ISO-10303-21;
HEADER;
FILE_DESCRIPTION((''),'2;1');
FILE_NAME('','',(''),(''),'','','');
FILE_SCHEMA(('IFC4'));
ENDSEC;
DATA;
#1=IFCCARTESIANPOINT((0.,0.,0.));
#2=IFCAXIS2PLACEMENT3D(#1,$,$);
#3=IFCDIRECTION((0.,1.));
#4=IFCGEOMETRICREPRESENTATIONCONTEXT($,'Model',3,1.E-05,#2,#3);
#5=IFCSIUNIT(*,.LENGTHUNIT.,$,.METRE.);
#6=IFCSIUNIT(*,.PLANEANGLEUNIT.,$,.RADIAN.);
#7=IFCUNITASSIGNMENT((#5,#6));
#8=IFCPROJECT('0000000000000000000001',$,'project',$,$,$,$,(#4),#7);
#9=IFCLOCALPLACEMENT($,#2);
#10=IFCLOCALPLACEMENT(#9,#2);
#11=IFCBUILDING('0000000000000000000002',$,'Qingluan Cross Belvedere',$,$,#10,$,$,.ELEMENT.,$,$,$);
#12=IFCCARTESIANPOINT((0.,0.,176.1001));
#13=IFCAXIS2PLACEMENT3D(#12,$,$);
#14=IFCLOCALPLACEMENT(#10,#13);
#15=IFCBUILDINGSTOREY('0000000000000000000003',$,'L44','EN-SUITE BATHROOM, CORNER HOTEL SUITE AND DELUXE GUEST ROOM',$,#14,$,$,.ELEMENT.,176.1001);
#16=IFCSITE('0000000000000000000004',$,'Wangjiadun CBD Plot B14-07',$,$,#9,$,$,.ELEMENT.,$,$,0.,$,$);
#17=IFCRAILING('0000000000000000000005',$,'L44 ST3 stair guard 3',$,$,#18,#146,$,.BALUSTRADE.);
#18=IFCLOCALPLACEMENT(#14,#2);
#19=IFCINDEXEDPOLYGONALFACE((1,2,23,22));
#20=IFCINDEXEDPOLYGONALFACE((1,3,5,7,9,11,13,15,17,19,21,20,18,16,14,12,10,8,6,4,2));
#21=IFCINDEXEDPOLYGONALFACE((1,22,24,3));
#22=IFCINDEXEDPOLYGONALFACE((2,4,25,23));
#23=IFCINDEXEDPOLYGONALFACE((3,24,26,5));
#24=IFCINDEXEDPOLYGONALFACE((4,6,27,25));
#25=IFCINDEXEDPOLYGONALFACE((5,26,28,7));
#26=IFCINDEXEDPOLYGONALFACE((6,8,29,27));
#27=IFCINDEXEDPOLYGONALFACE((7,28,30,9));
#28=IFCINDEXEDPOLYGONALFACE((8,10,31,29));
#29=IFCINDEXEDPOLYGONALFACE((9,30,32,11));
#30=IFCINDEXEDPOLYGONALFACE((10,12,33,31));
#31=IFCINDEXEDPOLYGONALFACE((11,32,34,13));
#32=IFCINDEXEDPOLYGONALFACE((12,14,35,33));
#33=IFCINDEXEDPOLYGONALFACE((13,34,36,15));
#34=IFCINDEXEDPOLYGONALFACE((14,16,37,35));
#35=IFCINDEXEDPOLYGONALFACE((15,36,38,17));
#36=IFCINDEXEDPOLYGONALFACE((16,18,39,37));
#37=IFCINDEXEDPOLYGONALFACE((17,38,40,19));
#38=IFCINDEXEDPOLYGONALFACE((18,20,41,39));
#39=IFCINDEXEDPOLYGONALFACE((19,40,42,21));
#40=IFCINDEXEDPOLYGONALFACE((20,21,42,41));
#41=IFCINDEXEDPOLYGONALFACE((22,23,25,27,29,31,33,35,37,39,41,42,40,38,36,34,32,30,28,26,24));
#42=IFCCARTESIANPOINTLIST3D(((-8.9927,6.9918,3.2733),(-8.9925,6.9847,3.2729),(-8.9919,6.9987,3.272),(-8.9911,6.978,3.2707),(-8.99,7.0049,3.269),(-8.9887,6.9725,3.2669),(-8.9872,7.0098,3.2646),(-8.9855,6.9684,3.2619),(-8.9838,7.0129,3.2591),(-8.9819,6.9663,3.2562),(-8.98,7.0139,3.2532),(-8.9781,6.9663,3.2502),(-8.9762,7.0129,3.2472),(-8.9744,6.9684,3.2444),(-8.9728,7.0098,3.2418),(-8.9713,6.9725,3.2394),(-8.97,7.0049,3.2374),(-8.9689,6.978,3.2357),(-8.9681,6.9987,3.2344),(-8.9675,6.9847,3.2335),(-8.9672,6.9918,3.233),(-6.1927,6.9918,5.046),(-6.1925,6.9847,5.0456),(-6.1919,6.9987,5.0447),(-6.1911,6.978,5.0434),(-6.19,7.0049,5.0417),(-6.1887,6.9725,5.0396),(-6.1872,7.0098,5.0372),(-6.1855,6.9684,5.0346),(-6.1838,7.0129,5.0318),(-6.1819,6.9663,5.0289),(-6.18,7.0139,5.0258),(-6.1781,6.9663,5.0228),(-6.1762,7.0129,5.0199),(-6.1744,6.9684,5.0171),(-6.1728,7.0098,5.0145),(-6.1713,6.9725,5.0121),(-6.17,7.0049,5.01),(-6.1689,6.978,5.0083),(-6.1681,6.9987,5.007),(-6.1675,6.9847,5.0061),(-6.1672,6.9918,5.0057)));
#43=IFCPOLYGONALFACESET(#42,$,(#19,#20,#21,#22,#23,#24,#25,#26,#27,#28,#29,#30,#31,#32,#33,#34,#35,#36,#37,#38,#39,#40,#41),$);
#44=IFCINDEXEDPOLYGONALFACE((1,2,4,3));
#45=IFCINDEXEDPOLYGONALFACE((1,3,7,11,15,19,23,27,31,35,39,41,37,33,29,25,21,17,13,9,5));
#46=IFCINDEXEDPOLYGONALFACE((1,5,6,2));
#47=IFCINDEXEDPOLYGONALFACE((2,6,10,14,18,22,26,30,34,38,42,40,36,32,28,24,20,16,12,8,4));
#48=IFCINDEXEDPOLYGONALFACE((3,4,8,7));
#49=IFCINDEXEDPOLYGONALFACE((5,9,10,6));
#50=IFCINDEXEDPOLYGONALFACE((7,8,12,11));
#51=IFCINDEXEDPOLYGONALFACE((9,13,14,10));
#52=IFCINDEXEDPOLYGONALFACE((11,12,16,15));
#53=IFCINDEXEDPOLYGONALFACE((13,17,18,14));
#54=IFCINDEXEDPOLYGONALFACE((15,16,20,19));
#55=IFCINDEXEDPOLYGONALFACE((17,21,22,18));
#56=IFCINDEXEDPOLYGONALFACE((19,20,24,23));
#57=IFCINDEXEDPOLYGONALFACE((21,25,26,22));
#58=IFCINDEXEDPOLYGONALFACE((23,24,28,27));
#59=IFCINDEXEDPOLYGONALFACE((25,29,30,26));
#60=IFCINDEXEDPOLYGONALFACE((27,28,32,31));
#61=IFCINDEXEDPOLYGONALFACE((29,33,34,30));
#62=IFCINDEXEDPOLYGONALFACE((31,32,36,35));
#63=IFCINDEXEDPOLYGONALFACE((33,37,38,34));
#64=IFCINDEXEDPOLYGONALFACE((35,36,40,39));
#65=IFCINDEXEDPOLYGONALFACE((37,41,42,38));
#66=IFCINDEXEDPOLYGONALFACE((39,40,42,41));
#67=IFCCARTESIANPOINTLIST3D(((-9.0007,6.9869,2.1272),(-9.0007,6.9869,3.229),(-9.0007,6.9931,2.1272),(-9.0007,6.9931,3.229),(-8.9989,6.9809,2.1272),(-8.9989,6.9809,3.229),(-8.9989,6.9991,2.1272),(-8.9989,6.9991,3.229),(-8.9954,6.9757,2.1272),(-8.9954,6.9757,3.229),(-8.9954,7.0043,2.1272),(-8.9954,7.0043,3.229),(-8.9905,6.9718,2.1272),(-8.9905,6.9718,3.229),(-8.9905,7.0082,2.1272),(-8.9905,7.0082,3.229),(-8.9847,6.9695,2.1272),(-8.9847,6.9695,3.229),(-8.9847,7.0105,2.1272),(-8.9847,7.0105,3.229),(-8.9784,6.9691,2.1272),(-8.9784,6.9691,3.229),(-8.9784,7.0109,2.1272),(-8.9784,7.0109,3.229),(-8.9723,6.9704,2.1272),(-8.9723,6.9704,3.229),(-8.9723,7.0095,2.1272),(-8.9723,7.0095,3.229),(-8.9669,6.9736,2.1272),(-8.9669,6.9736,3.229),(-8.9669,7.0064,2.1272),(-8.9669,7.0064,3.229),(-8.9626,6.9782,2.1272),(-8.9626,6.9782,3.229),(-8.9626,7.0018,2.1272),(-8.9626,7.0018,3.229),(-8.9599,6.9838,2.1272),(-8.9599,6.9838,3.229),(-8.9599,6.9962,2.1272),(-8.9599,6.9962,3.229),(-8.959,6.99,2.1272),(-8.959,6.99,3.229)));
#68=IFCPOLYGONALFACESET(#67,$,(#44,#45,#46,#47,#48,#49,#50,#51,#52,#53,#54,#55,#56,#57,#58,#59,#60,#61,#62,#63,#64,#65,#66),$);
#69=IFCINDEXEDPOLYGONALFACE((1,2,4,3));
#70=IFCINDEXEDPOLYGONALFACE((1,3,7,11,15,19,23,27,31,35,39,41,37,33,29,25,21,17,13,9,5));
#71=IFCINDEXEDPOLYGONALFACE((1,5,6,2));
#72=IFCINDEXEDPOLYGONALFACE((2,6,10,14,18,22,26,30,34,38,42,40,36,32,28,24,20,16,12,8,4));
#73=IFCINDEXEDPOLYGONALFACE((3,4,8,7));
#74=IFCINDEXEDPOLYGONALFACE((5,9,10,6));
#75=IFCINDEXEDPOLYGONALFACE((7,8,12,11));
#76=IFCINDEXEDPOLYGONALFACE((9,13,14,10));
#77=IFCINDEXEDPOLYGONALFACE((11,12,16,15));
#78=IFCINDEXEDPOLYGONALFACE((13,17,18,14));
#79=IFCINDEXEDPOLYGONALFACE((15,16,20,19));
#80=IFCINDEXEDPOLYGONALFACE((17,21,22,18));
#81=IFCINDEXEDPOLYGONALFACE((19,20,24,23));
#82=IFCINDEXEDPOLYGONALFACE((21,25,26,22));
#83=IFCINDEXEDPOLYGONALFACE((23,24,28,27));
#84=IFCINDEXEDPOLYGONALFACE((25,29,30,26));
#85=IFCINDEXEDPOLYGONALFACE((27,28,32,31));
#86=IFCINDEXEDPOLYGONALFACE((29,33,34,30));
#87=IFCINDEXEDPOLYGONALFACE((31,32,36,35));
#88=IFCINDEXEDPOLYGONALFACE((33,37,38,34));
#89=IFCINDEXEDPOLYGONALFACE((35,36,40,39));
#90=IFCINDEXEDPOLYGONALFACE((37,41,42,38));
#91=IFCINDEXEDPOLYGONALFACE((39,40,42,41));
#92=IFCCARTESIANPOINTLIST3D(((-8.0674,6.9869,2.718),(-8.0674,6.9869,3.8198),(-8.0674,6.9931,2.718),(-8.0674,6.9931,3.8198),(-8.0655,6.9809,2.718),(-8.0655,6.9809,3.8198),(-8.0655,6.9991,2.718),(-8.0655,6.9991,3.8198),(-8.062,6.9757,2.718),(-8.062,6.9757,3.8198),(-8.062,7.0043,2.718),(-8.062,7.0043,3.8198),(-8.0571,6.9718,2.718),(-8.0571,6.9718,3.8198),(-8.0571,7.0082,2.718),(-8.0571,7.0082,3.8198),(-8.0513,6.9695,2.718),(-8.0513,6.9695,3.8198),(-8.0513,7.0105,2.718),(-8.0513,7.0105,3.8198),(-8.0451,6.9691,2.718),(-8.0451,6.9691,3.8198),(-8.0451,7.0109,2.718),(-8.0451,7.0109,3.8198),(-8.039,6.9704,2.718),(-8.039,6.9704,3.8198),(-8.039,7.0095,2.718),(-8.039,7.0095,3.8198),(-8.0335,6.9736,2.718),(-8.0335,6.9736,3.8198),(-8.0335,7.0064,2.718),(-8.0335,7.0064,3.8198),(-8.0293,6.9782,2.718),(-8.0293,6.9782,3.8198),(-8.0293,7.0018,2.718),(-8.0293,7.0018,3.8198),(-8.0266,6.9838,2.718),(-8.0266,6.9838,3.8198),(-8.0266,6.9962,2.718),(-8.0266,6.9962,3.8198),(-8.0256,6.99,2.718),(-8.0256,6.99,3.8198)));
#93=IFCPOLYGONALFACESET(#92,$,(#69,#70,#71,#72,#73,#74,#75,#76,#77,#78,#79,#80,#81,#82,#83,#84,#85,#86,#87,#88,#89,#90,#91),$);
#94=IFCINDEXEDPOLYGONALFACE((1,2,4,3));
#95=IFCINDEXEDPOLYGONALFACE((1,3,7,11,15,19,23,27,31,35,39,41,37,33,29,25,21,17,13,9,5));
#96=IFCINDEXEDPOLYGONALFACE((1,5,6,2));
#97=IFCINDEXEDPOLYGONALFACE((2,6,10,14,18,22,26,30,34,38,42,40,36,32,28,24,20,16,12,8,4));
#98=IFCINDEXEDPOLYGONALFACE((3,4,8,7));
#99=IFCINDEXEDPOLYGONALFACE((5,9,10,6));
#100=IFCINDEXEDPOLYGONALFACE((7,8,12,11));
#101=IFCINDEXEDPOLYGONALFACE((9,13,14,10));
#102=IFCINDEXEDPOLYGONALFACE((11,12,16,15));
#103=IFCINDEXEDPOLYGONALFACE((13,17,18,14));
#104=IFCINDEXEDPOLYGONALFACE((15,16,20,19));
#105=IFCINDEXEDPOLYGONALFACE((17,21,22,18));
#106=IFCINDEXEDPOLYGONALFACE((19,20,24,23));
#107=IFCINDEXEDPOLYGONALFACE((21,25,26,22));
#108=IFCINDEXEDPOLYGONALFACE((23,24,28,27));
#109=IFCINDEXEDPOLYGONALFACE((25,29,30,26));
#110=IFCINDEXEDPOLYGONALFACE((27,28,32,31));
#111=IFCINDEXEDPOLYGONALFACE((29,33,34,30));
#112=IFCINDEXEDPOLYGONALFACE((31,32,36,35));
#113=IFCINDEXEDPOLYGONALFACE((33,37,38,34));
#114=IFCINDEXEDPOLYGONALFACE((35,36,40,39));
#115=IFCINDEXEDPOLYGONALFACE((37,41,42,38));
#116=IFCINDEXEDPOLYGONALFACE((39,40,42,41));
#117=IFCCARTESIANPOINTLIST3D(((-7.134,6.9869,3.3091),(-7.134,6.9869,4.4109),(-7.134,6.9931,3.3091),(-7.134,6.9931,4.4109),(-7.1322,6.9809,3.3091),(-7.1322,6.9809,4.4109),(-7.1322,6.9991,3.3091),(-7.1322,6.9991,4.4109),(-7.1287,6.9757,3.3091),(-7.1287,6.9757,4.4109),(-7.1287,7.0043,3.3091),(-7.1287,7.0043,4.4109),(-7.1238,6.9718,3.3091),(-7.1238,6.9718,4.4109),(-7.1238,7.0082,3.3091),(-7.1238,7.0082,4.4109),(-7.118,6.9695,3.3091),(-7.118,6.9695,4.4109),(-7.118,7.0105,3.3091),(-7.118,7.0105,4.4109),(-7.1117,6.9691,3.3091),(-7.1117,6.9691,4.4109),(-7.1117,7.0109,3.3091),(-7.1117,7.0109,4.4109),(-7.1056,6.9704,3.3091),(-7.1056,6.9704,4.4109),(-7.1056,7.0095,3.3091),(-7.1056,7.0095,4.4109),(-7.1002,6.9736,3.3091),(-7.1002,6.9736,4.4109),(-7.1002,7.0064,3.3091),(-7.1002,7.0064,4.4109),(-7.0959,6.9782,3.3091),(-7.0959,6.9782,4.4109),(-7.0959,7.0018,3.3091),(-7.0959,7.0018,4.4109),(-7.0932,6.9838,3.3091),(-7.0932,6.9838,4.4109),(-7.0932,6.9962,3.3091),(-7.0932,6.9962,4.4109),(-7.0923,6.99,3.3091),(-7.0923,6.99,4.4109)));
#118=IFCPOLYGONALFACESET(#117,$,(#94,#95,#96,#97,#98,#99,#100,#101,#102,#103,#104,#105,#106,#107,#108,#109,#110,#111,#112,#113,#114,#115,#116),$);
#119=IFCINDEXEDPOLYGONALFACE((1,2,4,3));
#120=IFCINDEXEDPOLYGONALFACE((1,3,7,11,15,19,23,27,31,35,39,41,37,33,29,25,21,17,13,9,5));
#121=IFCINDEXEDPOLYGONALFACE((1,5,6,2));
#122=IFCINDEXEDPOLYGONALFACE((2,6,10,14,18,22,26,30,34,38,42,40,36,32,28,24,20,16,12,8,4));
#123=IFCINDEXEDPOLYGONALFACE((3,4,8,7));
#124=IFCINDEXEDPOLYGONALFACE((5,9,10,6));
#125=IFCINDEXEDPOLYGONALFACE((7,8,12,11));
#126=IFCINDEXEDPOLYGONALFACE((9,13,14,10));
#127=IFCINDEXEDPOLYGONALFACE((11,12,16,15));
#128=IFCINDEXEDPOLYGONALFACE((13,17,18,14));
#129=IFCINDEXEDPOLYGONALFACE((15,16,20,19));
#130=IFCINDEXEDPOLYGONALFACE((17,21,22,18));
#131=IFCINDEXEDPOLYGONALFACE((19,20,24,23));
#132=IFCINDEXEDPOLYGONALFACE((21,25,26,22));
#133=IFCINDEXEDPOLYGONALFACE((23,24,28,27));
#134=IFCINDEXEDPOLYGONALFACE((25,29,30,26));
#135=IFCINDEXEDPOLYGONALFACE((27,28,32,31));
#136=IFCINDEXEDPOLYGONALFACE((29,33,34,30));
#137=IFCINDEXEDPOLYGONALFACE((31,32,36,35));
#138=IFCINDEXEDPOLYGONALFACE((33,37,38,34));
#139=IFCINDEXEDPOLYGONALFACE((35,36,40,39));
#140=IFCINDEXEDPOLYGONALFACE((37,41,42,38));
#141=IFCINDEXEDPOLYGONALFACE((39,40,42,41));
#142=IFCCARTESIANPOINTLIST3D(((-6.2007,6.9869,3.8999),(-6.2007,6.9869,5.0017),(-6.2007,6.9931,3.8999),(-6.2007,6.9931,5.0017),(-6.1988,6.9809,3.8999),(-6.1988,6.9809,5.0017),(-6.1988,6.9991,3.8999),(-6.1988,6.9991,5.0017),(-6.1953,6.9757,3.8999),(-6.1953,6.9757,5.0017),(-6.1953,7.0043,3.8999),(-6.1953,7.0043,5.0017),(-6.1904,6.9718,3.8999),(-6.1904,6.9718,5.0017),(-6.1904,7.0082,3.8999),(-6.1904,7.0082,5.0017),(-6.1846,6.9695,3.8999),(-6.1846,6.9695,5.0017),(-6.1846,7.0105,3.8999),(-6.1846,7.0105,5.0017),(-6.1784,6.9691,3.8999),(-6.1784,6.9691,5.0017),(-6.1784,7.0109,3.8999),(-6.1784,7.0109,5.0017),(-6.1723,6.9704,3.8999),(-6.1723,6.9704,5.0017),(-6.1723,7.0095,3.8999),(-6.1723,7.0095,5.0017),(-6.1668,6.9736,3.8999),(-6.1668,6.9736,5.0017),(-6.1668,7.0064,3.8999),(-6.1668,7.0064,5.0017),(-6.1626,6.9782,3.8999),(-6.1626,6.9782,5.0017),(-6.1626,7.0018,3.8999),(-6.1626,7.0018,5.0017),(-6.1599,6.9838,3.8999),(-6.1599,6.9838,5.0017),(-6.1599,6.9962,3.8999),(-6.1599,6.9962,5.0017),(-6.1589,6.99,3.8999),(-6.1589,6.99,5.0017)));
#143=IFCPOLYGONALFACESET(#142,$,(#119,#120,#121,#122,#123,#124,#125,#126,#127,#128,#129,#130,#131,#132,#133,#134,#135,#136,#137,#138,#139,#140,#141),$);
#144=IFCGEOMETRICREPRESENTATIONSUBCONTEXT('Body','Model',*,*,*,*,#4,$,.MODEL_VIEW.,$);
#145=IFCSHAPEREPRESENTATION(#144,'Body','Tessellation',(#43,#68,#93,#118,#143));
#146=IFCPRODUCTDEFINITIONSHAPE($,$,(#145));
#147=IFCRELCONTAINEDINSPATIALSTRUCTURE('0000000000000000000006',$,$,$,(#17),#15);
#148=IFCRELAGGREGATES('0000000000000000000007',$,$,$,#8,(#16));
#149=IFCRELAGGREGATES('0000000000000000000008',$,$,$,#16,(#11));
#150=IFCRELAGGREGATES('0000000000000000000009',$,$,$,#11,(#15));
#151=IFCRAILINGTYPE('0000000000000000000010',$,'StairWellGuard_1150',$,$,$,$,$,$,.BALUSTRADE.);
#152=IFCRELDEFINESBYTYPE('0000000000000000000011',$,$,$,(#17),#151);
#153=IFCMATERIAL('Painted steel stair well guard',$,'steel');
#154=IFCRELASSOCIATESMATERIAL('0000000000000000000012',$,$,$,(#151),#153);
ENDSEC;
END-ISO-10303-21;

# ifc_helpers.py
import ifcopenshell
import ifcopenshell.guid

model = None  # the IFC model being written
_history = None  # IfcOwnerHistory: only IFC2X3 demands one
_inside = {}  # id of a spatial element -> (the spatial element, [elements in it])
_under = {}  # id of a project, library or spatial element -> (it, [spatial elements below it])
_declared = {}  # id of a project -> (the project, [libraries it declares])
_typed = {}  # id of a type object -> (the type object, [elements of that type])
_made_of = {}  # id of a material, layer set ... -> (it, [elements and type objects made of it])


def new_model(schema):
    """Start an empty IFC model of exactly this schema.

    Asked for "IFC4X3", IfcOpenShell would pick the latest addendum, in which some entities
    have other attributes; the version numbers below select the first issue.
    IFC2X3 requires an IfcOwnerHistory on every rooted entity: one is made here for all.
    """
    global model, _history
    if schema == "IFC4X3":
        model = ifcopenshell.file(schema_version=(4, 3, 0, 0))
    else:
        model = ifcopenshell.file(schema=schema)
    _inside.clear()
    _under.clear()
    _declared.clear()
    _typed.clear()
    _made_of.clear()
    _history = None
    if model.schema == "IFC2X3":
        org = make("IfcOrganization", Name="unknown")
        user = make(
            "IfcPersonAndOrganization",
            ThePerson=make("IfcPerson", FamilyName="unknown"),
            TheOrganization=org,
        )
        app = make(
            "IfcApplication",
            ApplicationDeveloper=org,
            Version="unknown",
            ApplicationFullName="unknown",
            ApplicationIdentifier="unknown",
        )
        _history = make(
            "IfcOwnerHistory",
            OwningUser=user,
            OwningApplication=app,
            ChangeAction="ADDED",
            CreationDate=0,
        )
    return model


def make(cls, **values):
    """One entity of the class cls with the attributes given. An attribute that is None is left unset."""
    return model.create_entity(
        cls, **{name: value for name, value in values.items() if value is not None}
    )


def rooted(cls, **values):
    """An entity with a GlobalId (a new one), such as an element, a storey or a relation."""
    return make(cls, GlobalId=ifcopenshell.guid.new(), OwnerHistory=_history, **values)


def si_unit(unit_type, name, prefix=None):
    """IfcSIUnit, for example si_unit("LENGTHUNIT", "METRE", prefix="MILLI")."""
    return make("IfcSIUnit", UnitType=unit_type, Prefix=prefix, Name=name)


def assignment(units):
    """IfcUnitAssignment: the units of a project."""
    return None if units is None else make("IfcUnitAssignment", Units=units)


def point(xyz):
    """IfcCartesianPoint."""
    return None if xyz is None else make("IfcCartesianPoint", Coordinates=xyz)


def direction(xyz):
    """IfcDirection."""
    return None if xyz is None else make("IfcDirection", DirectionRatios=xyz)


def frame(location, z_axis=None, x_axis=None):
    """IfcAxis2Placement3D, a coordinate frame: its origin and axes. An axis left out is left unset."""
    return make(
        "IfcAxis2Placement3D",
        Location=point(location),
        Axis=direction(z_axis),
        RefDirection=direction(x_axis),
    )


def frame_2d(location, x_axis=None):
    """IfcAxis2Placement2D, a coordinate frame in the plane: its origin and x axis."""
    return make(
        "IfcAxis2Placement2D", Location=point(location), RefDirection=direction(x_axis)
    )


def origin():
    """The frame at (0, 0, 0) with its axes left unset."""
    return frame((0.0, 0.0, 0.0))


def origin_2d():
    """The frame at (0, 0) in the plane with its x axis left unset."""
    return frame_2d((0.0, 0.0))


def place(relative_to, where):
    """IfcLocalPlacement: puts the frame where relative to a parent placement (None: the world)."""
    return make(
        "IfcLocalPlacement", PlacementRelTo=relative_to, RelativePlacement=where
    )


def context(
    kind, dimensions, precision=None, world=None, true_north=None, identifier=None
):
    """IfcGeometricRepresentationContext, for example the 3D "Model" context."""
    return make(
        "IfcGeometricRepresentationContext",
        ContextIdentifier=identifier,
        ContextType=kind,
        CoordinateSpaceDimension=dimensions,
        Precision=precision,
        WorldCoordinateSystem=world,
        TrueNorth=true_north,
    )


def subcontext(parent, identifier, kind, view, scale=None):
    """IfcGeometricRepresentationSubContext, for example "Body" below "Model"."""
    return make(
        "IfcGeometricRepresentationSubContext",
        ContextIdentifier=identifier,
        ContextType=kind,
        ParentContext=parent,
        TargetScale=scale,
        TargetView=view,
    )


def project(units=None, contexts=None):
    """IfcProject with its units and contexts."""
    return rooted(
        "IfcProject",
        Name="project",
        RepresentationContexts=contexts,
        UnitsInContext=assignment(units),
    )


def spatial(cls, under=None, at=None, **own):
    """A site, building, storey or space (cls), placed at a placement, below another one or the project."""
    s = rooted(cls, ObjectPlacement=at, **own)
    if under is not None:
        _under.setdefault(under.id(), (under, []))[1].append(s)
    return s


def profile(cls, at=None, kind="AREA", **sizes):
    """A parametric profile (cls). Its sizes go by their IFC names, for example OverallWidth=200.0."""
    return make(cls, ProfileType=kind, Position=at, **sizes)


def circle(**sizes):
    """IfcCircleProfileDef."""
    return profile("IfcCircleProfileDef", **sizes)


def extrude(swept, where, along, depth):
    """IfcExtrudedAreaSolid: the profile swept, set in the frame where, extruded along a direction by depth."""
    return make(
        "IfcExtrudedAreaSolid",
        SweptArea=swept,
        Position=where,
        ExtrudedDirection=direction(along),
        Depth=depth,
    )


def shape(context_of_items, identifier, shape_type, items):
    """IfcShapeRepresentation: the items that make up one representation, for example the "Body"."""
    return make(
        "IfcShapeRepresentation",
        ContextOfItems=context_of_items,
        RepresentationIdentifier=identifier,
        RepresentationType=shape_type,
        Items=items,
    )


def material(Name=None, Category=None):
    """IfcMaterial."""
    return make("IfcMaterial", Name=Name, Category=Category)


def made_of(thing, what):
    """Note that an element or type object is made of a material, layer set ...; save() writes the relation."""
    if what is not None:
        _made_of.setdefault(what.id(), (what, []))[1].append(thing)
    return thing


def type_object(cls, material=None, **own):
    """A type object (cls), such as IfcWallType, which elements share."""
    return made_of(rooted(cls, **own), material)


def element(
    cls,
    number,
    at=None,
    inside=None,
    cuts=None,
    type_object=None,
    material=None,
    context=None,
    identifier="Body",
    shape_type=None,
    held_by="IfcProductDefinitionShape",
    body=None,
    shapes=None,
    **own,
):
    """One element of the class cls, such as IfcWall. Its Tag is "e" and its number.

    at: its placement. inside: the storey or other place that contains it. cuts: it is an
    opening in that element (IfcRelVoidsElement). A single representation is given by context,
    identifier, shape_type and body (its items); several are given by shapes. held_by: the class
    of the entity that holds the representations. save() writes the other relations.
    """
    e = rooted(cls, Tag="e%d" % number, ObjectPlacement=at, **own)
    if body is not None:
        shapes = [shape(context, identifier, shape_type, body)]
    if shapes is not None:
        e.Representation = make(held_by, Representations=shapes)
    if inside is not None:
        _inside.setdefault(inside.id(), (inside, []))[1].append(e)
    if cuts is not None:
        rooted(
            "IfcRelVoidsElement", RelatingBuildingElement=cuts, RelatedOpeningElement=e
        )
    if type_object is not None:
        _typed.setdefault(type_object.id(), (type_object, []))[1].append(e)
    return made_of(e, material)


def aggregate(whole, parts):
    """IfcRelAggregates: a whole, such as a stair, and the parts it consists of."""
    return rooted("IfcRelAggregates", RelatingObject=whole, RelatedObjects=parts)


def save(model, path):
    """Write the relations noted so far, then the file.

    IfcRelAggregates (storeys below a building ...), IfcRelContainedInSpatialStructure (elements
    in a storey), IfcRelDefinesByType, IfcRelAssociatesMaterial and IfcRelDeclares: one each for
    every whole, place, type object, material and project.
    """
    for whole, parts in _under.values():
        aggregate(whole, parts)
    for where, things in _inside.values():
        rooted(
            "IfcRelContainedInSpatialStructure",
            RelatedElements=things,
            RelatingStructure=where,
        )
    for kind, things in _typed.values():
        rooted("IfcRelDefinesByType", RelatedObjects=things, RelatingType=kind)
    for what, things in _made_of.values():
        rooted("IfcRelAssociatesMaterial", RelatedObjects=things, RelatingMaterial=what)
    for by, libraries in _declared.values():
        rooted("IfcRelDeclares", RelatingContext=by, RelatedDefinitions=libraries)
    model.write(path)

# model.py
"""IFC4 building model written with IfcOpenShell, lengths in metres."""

from ifc_helpers import new_model, si_unit, direction, frame, origin, origin_2d, place, context, subcontext, project, spatial, circle, extrude, material, type_object, element, save


model = new_model("IFC4")

# Units and contexts
model_context = context("Model", 3, precision=1e-05, world=origin(), true_north=direction((0.0, 1.0)))
body_context = subcontext(model_context, "Body", "Model", "MODEL_VIEW")
ifc_project = project(units=[si_unit("LENGTHUNIT", "METRE"), si_unit("PLANEANGLEUNIT", "RADIAN")], contexts=[model_context])

# Site, building, storey
site_placement = place(None, origin())
site = spatial("IfcSite", under=ifc_project, at=site_placement, Name="Wangjiadun CBD Plot B14-07", CompositionType="ELEMENT", RefElevation=0.0)
building_placement = place(site_placement, origin())
building = spatial("IfcBuilding", under=site, at=building_placement, Name="Qingluan Cross Belvedere", CompositionType="ELEMENT")
storey_placement = place(building_placement, frame((0.0, 0.0, 176.1001)))
storey = spatial("IfcBuildingStorey", under=building, at=storey_placement, Name="L44", Description="EN-SUITE BATHROOM, CORNER HOTEL SUITE AND DELUXE GUEST ROOM", CompositionType="ELEMENT", Elevation=176.1001)

# Railing
ifc_material_1 = material(Name="Painted steel stair well guard", Category="steel")
railing_type_1 = type_object("IfcRailingType", Name="StairWellGuard_1150", PredefinedType="BALUSTRADE", material=ifc_material_1)
railing_1_placement = place(storey_placement, frame((-8.98, 6.99, 2.1272)))
element("IfcRailing", 1, at=railing_1_placement, inside=storey, type_object=railing_type_1, Name="L44 ST3 stair guard 3", PredefinedType="BALUSTRADE", context=body_context, shape_type="SweptSolid", body=[
    extrude(circle(Radius=0.0239, at=origin_2d()), frame((0.0, 0.0, 1.126), z_axis=(0.844909, 0.0, 0.53491), x_axis=(0.0, 1.0, 0.0)), (0.0, 0.0, 1.0), 3.314),
    extrude(circle(Radius=0.021, at=origin_2d()), origin(), (0.0, 0.0, 1.0), 1.1018),
    extrude(circle(Radius=0.021, at=origin_2d()), frame((0.9333, 0.0, 0.5908)), (0.0, 0.0, 1.0), 1.1018),
    extrude(circle(Radius=0.021, at=origin_2d()), frame((1.8667, 0.0, 1.1819)), (0.0, 0.0, 1.0), 1.1018),
    extrude(circle(Radius=0.021, at=origin_2d()), frame((2.8, 0.0, 1.7727)), (0.0, 0.0, 1.0), 1.1018),
])

save(model, "model.ifc")
